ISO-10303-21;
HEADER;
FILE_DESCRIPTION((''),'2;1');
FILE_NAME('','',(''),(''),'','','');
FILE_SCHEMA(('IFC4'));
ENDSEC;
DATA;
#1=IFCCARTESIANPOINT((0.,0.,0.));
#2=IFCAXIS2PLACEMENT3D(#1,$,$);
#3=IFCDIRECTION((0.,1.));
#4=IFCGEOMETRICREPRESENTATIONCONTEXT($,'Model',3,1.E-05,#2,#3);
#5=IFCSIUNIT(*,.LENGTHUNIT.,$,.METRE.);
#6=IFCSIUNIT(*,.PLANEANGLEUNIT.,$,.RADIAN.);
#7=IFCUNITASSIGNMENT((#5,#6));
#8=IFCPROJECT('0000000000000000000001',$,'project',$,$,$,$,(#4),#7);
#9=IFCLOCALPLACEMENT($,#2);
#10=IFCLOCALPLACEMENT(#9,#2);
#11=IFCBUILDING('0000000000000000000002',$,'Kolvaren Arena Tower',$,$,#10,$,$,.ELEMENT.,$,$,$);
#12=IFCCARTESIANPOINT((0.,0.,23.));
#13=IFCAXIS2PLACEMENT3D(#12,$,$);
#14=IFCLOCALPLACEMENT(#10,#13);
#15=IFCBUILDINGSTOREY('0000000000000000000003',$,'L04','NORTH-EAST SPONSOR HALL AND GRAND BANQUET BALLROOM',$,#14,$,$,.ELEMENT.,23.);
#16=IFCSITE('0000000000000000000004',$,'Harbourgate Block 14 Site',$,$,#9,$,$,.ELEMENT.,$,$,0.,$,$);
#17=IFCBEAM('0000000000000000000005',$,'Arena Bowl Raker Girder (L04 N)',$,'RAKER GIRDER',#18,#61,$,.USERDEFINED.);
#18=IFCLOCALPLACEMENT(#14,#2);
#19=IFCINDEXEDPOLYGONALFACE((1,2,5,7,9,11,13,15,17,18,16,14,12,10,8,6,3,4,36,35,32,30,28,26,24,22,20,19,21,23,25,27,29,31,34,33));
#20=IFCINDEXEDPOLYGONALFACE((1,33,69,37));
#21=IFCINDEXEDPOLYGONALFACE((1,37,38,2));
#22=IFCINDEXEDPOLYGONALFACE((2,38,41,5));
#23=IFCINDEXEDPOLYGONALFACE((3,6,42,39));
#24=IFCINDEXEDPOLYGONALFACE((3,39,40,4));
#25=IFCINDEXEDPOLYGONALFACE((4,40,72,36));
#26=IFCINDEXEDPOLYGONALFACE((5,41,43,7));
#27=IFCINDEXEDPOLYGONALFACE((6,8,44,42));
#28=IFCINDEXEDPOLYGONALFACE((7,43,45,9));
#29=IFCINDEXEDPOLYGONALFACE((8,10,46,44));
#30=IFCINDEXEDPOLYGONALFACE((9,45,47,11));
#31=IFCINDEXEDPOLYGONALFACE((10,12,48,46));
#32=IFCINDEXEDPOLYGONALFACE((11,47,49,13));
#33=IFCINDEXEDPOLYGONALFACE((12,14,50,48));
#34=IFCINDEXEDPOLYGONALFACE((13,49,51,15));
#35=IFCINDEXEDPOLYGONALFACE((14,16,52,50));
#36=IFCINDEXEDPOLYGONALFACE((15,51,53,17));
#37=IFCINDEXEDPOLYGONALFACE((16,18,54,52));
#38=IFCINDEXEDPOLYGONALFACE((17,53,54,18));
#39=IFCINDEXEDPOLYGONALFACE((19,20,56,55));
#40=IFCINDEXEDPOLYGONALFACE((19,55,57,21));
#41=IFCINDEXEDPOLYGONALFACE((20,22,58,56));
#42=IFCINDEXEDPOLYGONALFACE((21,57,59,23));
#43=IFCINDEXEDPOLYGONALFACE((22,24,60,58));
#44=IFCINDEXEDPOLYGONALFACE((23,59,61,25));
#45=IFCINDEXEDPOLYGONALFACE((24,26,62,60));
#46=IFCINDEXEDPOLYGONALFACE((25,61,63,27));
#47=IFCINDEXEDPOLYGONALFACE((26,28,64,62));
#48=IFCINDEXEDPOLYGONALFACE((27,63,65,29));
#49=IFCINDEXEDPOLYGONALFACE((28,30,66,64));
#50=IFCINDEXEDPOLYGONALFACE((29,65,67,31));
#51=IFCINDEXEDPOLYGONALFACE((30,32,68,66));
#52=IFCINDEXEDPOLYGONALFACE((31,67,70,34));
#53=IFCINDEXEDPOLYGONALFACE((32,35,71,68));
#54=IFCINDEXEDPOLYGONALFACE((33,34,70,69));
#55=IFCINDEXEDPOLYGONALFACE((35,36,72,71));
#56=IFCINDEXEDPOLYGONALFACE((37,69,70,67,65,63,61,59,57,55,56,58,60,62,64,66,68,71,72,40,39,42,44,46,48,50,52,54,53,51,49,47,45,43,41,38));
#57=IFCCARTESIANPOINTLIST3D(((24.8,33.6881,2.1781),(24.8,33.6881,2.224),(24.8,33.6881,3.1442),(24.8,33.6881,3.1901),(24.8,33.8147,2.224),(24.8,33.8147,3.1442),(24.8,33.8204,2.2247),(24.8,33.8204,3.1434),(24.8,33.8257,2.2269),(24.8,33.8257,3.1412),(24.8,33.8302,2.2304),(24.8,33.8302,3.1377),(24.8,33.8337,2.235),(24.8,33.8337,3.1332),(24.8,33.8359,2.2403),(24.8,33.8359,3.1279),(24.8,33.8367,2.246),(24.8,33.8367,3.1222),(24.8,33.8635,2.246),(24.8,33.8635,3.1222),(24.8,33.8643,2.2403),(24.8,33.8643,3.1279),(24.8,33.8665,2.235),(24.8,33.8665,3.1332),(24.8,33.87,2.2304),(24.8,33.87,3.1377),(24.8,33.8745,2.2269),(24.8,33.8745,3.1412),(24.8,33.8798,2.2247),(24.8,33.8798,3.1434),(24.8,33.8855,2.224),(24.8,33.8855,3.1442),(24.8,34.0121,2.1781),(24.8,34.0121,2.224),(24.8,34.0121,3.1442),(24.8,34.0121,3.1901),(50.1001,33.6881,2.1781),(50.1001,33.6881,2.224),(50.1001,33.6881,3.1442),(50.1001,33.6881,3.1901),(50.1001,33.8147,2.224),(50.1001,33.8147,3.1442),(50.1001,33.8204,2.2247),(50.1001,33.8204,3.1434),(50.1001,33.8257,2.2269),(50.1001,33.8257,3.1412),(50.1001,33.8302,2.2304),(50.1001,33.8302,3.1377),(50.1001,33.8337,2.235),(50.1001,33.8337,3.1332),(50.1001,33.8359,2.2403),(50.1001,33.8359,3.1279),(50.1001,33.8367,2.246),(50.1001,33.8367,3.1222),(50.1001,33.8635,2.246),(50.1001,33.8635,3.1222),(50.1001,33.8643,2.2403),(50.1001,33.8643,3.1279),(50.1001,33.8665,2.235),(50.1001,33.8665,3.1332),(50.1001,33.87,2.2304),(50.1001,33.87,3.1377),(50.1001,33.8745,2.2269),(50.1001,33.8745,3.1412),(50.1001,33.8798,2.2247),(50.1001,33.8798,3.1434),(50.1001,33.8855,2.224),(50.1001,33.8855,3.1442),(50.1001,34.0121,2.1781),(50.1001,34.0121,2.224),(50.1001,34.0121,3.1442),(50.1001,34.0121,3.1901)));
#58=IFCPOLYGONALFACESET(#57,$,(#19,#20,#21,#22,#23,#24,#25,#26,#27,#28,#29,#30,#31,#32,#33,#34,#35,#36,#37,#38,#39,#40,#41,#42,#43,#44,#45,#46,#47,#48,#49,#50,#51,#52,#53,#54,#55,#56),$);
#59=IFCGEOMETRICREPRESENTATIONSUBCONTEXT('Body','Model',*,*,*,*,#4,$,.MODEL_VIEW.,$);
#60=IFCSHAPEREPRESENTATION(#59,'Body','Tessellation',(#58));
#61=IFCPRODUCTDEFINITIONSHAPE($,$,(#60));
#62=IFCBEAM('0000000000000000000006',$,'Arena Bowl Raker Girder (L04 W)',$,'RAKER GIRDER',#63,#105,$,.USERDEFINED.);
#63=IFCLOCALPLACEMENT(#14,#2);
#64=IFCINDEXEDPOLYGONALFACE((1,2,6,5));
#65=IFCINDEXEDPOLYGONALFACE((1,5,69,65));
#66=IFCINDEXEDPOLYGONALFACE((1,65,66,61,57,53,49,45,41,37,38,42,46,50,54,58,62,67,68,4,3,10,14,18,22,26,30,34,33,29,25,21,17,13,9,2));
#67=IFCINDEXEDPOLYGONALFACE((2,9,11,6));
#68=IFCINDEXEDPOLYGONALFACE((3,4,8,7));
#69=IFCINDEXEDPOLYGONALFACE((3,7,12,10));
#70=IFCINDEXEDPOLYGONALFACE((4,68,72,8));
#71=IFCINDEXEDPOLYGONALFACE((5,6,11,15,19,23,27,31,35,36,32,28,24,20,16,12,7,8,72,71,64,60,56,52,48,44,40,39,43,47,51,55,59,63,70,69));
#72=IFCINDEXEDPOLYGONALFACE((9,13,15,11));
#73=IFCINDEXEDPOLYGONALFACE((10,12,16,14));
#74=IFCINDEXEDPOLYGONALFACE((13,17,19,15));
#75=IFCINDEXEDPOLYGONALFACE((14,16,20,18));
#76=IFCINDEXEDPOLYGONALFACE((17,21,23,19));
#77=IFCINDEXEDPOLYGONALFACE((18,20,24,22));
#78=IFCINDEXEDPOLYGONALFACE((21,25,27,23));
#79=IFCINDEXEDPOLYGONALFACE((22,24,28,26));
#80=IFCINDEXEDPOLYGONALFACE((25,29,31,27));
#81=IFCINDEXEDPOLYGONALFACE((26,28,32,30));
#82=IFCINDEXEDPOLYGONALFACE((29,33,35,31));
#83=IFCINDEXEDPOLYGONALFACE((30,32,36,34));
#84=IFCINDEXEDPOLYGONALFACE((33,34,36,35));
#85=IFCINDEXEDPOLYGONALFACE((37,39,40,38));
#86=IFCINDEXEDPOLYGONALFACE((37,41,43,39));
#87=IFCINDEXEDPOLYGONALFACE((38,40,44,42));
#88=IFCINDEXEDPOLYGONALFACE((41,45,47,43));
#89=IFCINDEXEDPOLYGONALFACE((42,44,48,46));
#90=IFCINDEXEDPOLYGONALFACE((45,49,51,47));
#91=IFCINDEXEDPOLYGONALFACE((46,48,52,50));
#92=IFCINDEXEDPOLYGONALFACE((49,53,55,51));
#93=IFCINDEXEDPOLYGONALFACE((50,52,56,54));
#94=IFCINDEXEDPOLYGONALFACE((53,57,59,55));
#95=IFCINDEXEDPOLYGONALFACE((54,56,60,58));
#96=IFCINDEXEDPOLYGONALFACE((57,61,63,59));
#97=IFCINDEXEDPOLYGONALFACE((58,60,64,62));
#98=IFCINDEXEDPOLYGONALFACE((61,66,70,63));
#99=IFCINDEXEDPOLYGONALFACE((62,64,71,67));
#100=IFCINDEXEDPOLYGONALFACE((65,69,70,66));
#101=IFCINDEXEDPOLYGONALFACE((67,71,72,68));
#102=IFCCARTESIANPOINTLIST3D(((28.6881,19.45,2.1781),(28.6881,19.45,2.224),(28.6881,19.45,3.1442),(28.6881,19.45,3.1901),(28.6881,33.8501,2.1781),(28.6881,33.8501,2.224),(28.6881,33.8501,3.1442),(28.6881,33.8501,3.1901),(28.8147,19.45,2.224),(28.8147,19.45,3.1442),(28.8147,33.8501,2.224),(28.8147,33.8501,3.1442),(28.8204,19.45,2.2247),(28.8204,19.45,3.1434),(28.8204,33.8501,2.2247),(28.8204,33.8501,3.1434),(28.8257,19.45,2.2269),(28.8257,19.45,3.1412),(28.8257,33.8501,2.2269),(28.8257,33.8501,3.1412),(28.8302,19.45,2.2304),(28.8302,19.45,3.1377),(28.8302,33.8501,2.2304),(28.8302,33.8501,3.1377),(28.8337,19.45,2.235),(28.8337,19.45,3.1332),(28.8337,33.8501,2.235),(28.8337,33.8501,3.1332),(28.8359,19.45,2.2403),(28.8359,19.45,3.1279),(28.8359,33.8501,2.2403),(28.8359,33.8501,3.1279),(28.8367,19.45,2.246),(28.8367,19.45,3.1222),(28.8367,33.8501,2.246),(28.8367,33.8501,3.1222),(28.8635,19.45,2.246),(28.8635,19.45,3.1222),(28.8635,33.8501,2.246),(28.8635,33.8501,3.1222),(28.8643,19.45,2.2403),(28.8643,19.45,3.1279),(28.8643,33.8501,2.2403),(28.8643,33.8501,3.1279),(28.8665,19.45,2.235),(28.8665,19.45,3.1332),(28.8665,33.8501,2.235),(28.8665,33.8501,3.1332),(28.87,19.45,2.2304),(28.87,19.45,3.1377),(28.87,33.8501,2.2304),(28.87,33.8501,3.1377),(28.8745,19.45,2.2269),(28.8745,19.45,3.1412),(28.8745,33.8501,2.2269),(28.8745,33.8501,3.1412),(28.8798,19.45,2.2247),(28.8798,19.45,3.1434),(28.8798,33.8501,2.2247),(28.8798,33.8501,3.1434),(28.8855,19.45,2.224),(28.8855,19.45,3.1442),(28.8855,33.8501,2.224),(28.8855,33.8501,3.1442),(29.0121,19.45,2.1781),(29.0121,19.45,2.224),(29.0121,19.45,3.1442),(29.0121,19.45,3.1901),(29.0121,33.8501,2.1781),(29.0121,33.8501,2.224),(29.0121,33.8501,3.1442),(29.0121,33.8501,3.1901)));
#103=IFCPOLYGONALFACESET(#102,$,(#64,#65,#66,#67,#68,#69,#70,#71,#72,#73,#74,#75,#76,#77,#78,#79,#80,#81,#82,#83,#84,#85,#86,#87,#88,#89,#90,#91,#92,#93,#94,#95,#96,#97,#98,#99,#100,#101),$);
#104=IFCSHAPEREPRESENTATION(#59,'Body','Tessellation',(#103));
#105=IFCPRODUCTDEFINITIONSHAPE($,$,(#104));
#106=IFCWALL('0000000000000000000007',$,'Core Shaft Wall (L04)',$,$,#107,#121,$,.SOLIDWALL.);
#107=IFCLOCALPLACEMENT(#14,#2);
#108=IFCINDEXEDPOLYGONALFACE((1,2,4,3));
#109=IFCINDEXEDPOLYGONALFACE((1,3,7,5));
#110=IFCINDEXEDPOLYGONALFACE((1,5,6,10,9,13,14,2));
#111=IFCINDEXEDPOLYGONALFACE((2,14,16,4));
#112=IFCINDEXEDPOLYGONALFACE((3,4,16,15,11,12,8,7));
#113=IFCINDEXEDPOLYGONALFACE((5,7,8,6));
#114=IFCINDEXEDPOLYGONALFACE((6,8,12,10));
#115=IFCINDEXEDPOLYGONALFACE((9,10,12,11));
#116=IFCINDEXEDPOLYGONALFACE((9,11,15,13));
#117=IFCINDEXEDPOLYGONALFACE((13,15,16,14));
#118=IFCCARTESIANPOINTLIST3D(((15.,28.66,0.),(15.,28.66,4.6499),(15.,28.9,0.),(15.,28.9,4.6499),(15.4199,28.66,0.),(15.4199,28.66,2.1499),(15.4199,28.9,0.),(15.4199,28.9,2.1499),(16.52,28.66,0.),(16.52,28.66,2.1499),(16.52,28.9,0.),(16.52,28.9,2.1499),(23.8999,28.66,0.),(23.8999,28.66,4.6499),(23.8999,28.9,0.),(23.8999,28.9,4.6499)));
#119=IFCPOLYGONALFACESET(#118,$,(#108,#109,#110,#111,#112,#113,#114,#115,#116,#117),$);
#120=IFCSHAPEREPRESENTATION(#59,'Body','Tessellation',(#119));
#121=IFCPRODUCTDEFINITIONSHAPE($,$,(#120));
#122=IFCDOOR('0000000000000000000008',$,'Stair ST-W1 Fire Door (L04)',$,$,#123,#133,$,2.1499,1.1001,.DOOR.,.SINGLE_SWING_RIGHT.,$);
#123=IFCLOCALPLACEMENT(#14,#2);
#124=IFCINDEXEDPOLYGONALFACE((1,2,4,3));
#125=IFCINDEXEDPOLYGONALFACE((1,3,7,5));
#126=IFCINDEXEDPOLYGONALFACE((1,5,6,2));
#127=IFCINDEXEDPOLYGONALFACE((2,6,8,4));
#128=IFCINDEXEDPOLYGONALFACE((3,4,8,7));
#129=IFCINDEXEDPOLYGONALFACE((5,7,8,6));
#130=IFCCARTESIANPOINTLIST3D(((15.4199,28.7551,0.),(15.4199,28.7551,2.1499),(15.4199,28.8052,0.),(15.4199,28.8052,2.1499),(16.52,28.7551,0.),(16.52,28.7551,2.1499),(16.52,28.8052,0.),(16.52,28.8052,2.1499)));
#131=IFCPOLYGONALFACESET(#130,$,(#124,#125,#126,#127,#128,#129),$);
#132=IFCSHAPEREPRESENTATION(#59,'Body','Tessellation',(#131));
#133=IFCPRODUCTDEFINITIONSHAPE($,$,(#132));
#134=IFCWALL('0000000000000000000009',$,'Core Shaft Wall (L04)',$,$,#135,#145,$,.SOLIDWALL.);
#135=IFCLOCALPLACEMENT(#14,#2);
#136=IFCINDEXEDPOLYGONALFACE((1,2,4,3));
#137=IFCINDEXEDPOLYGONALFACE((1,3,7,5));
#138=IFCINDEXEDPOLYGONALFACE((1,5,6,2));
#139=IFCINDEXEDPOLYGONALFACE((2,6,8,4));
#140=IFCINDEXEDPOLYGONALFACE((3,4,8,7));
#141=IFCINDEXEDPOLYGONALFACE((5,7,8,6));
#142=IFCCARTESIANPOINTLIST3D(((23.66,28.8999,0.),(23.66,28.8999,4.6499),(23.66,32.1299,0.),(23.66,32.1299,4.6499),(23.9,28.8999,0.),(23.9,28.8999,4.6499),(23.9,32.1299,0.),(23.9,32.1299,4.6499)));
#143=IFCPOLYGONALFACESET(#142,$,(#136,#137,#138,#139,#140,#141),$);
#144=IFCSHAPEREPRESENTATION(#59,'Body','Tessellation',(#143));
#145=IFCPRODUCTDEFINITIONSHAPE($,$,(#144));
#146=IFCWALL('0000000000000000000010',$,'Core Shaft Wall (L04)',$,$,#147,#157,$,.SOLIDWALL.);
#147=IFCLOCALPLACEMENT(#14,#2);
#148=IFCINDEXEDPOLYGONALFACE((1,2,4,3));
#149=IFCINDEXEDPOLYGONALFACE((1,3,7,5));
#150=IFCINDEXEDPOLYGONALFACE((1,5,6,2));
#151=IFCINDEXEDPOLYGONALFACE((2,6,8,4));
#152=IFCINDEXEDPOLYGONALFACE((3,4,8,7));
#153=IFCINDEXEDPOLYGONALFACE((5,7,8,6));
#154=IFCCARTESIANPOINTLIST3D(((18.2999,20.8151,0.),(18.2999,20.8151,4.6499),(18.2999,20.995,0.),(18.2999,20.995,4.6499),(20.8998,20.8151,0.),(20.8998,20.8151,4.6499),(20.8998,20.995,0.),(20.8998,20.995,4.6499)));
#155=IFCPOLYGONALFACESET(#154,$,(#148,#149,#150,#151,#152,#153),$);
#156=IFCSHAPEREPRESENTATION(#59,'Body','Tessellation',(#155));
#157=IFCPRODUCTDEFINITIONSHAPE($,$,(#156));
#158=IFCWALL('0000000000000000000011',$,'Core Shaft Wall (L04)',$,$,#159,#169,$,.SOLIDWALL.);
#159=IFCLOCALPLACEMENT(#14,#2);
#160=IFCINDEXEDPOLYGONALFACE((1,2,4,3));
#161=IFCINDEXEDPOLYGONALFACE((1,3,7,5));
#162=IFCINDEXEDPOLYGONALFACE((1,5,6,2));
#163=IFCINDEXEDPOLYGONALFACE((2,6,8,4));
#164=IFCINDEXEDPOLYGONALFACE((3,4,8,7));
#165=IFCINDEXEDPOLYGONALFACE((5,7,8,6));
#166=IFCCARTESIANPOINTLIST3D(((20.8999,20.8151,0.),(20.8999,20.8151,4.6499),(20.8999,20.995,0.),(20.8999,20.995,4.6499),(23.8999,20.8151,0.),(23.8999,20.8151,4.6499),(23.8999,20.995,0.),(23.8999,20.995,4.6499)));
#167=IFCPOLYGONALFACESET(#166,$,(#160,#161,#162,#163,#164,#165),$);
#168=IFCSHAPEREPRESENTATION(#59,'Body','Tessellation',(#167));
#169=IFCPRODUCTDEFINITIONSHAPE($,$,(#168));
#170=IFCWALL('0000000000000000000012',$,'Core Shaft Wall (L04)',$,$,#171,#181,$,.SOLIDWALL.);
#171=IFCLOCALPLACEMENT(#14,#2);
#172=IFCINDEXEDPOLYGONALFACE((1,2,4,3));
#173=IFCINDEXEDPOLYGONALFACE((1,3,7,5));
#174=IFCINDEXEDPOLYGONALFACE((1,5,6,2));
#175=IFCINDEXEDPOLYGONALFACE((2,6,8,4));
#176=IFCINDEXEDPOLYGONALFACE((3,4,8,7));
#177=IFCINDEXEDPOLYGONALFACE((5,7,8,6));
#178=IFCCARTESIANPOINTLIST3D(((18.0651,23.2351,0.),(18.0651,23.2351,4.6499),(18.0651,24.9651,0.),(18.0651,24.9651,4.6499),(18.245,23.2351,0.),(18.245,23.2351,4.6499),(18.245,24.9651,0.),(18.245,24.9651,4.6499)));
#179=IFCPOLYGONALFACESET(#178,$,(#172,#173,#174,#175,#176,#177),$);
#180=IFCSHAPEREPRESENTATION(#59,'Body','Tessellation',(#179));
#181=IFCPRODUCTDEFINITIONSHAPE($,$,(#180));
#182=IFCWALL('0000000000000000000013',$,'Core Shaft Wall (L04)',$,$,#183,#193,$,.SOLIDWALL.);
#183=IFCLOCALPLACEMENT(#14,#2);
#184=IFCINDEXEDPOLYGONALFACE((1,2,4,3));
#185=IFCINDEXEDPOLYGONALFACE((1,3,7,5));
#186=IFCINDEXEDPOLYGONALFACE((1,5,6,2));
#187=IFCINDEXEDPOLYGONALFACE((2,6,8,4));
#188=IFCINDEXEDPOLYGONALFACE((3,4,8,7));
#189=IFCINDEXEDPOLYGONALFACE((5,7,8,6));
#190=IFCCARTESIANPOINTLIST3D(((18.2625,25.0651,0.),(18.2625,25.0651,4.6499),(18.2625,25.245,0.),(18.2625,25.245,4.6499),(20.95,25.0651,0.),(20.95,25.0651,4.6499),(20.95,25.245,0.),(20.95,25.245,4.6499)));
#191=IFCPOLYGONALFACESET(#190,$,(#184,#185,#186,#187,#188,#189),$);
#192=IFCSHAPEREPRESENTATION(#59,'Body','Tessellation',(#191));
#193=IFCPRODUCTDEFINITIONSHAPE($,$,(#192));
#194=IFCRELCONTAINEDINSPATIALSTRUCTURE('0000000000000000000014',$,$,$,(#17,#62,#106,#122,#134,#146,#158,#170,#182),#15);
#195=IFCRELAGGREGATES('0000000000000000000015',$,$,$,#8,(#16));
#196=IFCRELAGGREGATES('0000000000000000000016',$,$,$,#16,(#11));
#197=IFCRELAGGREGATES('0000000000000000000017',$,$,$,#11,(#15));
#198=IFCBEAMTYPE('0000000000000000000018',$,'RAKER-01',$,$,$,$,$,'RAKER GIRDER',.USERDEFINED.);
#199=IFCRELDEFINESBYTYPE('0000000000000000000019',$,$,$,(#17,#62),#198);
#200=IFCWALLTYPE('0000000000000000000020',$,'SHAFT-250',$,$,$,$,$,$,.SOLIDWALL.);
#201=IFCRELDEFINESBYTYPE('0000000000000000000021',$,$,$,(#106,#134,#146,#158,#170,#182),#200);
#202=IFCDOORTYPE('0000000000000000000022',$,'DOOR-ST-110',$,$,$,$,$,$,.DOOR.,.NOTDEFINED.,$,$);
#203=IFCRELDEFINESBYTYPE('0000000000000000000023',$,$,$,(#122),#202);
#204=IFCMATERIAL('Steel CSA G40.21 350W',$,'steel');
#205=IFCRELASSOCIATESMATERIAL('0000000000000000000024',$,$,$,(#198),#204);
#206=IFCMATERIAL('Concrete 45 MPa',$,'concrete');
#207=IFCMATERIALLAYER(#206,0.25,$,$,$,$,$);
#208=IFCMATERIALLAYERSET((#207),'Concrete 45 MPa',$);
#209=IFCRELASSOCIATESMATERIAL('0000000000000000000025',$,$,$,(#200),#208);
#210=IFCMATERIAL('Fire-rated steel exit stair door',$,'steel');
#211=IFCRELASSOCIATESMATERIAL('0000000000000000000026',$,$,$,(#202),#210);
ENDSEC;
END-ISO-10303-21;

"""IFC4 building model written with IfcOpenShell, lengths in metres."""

from ifc_helpers import new_model, si_unit, direction, frame, frame_2d, origin, origin_2d, place, context, subcontext, project, spatial, rectangle, i_section, extrude, material, layer, layer_set, material_profile, profile_set, type_object, element, fill, save


model = new_model("IFC4")

# Units and contexts
model_context = context("Model", 3, precision=1e-05, world=origin(), true_north=direction((0.0, 1.0)))
body_context = subcontext(model_context, "Body", "Model", "MODEL_VIEW")
ifc_project = project(units=[si_unit("LENGTHUNIT", "METRE"), si_unit("PLANEANGLEUNIT", "RADIAN")], contexts=[model_context])

# Site, building, storey
site_placement = place(None, origin())
site = spatial("IfcSite", under=ifc_project, at=site_placement, Name="Harbourgate Block 14 Site", CompositionType="ELEMENT", RefElevation=0.0)
building_placement = place(site_placement, origin())
building = spatial("IfcBuilding", under=site, at=building_placement, Name="Kolvaren Arena Tower", CompositionType="ELEMENT")
storey_placement = place(building_placement, frame((0.0, 0.0, 23.0)))
storey = spatial("IfcBuildingStorey", under=building, at=storey_placement, Name="L04", Description="NORTH-EAST SPONSOR HALL AND GRAND BANQUET BALLROOM", CompositionType="ELEMENT", Elevation=23.0)

# Beams
ifc_material_1 = material(Name="Steel CSA G40.21 350W", Category="steel")
ifc_material_profile_1 = material_profile(ifc_material_1, i_section(OverallWidth=0.324, OverallDepth=1.012, WebThickness=0.0269, FlangeThickness=0.0459, FilletRadius=0.022, at=origin_2d()), Name="W1000x443")
ifc_profile_set_1 = profile_set([ifc_material_profile_1], Name="Steel CSA G40.21 350W")
beam_type_1 = type_object("IfcBeamType", Name="RAKER-01", ElementType="RAKER GIRDER", PredefinedType="USERDEFINED", material=ifc_profile_set_1)
beam_1_placement = place(storey_placement, frame((24.8, 33.8501, 2.6841), z_axis=(1.0, 0.0, 0.0), x_axis=(0.0, 1.0, 0.0)))
element("IfcBeam", 1, at=beam_1_placement, inside=storey, type_object=beam_type_1, Name="Arena Bowl Raker Girder (L04 N)", ObjectType="RAKER GIRDER", PredefinedType="USERDEFINED", context=body_context, shape_type="SweptSolid", body=[
    extrude(i_section(OverallWidth=0.324, OverallDepth=1.012, WebThickness=0.0269, FlangeThickness=0.0459, FilletRadius=0.022, at=origin_2d()), origin(), (0.0, 0.0, 1.0), 25.3),
])
beam_2_placement = place(storey_placement, frame((28.8501, 19.45, 2.6841), z_axis=(0.0, 1.0, 0.0), x_axis=(-1.0, 0.0, 0.0)))
element("IfcBeam", 2, at=beam_2_placement, inside=storey, type_object=beam_type_1, Name="Arena Bowl Raker Girder (L04 W)", ObjectType="RAKER GIRDER", PredefinedType="USERDEFINED", context=body_context, shape_type="SweptSolid", body=[
    extrude(i_section(OverallWidth=0.324, OverallDepth=1.012, WebThickness=0.0269, FlangeThickness=0.0459, FilletRadius=0.022, at=origin_2d()), origin(), (0.0, 0.0, 1.0), 14.4001),
])

# Wall, opening, door
ifc_material_2 = material(Name="Concrete 45 MPa", Category="concrete")
ifc_layer = layer(ifc_material_2, 0.25)
ifc_layer_set = layer_set([ifc_layer], Name="Concrete 45 MPa")
wall_type = type_object("IfcWallType", Name="SHAFT-250", PredefinedType="SOLIDWALL", material=ifc_layer_set)
wall_1_placement = place(storey_placement, frame((23.8999, 28.78, 0.0), z_axis=(0.0, 0.0, 1.0), x_axis=(-1.0, 0.0, 0.0)))
wall_1 = element("IfcWall", 3, at=wall_1_placement, inside=storey, type_object=wall_type, Name="Core Shaft Wall (L04)", PredefinedType="SOLIDWALL", context=body_context, shape_type="SweptSolid", body=[
    extrude(rectangle(XDim=8.8999, YDim=0.24, at=frame_2d((4.45, 0.0))), origin(), (0.0, 0.0, 1.0), 4.6499),
])
opening_placement = place(wall_1_placement, frame((7.3799, 0.0, 0.0)))
opening = element("IfcOpeningElement", 4, at=opening_placement, cuts=wall_1, PredefinedType="OPENING", context=body_context, shape_type="SweptSolid", body=[
    extrude(rectangle(XDim=1.1001, YDim=2.1499, at=frame_2d((0.55, 1.075))), frame((0.0, 0.1299, 0.0), z_axis=(0.0, -1.0, 0.0), x_axis=(1.0, 0.0, 0.0)), (0.0, 0.0, 1.0), 0.26),
])
ifc_material_3 = material(Name="Fire-rated steel exit stair door", Category="steel")
door_type = type_object("IfcDoorType", Name="DOOR-ST-110", OperationType="NOTDEFINED", PredefinedType="DOOR", material=ifc_material_3)
door_placement = place(opening_placement, origin())
door = element("IfcDoor", 5, at=door_placement, inside=storey, type_object=door_type, Name="Stair ST-W1 Fire Door (L04)", OperationType="SINGLE_SWING_RIGHT", OverallHeight=2.1499, OverallWidth=1.1001, PredefinedType="DOOR", context=body_context, shape_type="SweptSolid", body=[
    extrude(rectangle(XDim=1.1001, YDim=2.1499, at=frame_2d((0.55, 1.075))), frame((0.0, 0.0249, 0.0), z_axis=(0.0, -1.0, 0.0), x_axis=(1.0, 0.0, 0.0)), (0.0, 0.0, 1.0), 0.05),
])
fill(opening, door)

# Walls
wall_2_placement = place(storey_placement, frame((23.78, 28.8999, 0.0), z_axis=(0.0, 0.0, 1.0), x_axis=(0.0, 1.0, 0.0)))
element("IfcWall", 6, at=wall_2_placement, inside=storey, type_object=wall_type, Name="Core Shaft Wall (L04)", PredefinedType="SOLIDWALL", context=body_context, shape_type="SweptSolid", body=[
    extrude(rectangle(XDim=3.23, YDim=0.24, at=frame_2d((1.615, 0.0))), origin(), (0.0, 0.0, 1.0), 4.6499),
])
wall_3_placement = place(storey_placement, frame((18.3, 20.905, 0.0), z_axis=(0.0, 0.0, 1.0), x_axis=(1.0, 0.0, 0.0)))
element("IfcWall", 7, at=wall_3_placement, inside=storey, type_object=wall_type, Name="Core Shaft Wall (L04)", PredefinedType="SOLIDWALL", context=body_context, shape_type="SweptSolid", body=[
    extrude(rectangle(XDim=2.5999, YDim=0.1799, at=frame_2d((1.2998, 0.0))), origin(), (0.0, 0.0, 1.0), 4.6499),
])
wall_4_placement = place(storey_placement, frame((20.8999, 20.905, 0.0), z_axis=(0.0, 0.0, 1.0), x_axis=(1.0, 0.0, 0.0)))
element("IfcWall", 8, at=wall_4_placement, inside=storey, type_object=wall_type, Name="Core Shaft Wall (L04)", PredefinedType="SOLIDWALL", context=body_context, shape_type="SweptSolid", body=[
    extrude(rectangle(XDim=3.0, YDim=0.1799, at=frame_2d((1.5, 0.0))), origin(), (0.0, 0.0, 1.0), 4.6499),
])
wall_5_placement = place(storey_placement, frame((18.155, 23.2351, 0.0), z_axis=(0.0, 0.0, 1.0), x_axis=(0.0, 1.0, 0.0)))
element("IfcWall", 9, at=wall_5_placement, inside=storey, type_object=wall_type, Name="Core Shaft Wall (L04)", PredefinedType="SOLIDWALL", context=body_context, shape_type="SweptSolid", body=[
    extrude(rectangle(XDim=1.73, YDim=0.1799, at=frame_2d((0.865, 0.0))), origin(), (0.0, 0.0, 1.0), 4.6499),
])
for number, where, z_axis, x_axis, name in (
    (10, (18.2625, 25.155, 0.0), (0.0, 0.0, 1.0), (1.0, 0.0, 0.0), "Core Shaft Wall (L04)"),
):
    element("IfcWall", number, at=place(storey_placement, frame(where, z_axis=z_axis, x_axis=x_axis)), inside=storey, type_object=wall_type, Name=name, PredefinedType="SOLIDWALL", context=body_context, shape_type="SweptSolid", body=[
        extrude(rectangle(XDim=2.6875, YDim=0.1799, at=frame_2d((1.3438, 0.0))), origin(), (0.0, 0.0, 1.0), 4.6499),
    ])

save(model, "model.ifc")
